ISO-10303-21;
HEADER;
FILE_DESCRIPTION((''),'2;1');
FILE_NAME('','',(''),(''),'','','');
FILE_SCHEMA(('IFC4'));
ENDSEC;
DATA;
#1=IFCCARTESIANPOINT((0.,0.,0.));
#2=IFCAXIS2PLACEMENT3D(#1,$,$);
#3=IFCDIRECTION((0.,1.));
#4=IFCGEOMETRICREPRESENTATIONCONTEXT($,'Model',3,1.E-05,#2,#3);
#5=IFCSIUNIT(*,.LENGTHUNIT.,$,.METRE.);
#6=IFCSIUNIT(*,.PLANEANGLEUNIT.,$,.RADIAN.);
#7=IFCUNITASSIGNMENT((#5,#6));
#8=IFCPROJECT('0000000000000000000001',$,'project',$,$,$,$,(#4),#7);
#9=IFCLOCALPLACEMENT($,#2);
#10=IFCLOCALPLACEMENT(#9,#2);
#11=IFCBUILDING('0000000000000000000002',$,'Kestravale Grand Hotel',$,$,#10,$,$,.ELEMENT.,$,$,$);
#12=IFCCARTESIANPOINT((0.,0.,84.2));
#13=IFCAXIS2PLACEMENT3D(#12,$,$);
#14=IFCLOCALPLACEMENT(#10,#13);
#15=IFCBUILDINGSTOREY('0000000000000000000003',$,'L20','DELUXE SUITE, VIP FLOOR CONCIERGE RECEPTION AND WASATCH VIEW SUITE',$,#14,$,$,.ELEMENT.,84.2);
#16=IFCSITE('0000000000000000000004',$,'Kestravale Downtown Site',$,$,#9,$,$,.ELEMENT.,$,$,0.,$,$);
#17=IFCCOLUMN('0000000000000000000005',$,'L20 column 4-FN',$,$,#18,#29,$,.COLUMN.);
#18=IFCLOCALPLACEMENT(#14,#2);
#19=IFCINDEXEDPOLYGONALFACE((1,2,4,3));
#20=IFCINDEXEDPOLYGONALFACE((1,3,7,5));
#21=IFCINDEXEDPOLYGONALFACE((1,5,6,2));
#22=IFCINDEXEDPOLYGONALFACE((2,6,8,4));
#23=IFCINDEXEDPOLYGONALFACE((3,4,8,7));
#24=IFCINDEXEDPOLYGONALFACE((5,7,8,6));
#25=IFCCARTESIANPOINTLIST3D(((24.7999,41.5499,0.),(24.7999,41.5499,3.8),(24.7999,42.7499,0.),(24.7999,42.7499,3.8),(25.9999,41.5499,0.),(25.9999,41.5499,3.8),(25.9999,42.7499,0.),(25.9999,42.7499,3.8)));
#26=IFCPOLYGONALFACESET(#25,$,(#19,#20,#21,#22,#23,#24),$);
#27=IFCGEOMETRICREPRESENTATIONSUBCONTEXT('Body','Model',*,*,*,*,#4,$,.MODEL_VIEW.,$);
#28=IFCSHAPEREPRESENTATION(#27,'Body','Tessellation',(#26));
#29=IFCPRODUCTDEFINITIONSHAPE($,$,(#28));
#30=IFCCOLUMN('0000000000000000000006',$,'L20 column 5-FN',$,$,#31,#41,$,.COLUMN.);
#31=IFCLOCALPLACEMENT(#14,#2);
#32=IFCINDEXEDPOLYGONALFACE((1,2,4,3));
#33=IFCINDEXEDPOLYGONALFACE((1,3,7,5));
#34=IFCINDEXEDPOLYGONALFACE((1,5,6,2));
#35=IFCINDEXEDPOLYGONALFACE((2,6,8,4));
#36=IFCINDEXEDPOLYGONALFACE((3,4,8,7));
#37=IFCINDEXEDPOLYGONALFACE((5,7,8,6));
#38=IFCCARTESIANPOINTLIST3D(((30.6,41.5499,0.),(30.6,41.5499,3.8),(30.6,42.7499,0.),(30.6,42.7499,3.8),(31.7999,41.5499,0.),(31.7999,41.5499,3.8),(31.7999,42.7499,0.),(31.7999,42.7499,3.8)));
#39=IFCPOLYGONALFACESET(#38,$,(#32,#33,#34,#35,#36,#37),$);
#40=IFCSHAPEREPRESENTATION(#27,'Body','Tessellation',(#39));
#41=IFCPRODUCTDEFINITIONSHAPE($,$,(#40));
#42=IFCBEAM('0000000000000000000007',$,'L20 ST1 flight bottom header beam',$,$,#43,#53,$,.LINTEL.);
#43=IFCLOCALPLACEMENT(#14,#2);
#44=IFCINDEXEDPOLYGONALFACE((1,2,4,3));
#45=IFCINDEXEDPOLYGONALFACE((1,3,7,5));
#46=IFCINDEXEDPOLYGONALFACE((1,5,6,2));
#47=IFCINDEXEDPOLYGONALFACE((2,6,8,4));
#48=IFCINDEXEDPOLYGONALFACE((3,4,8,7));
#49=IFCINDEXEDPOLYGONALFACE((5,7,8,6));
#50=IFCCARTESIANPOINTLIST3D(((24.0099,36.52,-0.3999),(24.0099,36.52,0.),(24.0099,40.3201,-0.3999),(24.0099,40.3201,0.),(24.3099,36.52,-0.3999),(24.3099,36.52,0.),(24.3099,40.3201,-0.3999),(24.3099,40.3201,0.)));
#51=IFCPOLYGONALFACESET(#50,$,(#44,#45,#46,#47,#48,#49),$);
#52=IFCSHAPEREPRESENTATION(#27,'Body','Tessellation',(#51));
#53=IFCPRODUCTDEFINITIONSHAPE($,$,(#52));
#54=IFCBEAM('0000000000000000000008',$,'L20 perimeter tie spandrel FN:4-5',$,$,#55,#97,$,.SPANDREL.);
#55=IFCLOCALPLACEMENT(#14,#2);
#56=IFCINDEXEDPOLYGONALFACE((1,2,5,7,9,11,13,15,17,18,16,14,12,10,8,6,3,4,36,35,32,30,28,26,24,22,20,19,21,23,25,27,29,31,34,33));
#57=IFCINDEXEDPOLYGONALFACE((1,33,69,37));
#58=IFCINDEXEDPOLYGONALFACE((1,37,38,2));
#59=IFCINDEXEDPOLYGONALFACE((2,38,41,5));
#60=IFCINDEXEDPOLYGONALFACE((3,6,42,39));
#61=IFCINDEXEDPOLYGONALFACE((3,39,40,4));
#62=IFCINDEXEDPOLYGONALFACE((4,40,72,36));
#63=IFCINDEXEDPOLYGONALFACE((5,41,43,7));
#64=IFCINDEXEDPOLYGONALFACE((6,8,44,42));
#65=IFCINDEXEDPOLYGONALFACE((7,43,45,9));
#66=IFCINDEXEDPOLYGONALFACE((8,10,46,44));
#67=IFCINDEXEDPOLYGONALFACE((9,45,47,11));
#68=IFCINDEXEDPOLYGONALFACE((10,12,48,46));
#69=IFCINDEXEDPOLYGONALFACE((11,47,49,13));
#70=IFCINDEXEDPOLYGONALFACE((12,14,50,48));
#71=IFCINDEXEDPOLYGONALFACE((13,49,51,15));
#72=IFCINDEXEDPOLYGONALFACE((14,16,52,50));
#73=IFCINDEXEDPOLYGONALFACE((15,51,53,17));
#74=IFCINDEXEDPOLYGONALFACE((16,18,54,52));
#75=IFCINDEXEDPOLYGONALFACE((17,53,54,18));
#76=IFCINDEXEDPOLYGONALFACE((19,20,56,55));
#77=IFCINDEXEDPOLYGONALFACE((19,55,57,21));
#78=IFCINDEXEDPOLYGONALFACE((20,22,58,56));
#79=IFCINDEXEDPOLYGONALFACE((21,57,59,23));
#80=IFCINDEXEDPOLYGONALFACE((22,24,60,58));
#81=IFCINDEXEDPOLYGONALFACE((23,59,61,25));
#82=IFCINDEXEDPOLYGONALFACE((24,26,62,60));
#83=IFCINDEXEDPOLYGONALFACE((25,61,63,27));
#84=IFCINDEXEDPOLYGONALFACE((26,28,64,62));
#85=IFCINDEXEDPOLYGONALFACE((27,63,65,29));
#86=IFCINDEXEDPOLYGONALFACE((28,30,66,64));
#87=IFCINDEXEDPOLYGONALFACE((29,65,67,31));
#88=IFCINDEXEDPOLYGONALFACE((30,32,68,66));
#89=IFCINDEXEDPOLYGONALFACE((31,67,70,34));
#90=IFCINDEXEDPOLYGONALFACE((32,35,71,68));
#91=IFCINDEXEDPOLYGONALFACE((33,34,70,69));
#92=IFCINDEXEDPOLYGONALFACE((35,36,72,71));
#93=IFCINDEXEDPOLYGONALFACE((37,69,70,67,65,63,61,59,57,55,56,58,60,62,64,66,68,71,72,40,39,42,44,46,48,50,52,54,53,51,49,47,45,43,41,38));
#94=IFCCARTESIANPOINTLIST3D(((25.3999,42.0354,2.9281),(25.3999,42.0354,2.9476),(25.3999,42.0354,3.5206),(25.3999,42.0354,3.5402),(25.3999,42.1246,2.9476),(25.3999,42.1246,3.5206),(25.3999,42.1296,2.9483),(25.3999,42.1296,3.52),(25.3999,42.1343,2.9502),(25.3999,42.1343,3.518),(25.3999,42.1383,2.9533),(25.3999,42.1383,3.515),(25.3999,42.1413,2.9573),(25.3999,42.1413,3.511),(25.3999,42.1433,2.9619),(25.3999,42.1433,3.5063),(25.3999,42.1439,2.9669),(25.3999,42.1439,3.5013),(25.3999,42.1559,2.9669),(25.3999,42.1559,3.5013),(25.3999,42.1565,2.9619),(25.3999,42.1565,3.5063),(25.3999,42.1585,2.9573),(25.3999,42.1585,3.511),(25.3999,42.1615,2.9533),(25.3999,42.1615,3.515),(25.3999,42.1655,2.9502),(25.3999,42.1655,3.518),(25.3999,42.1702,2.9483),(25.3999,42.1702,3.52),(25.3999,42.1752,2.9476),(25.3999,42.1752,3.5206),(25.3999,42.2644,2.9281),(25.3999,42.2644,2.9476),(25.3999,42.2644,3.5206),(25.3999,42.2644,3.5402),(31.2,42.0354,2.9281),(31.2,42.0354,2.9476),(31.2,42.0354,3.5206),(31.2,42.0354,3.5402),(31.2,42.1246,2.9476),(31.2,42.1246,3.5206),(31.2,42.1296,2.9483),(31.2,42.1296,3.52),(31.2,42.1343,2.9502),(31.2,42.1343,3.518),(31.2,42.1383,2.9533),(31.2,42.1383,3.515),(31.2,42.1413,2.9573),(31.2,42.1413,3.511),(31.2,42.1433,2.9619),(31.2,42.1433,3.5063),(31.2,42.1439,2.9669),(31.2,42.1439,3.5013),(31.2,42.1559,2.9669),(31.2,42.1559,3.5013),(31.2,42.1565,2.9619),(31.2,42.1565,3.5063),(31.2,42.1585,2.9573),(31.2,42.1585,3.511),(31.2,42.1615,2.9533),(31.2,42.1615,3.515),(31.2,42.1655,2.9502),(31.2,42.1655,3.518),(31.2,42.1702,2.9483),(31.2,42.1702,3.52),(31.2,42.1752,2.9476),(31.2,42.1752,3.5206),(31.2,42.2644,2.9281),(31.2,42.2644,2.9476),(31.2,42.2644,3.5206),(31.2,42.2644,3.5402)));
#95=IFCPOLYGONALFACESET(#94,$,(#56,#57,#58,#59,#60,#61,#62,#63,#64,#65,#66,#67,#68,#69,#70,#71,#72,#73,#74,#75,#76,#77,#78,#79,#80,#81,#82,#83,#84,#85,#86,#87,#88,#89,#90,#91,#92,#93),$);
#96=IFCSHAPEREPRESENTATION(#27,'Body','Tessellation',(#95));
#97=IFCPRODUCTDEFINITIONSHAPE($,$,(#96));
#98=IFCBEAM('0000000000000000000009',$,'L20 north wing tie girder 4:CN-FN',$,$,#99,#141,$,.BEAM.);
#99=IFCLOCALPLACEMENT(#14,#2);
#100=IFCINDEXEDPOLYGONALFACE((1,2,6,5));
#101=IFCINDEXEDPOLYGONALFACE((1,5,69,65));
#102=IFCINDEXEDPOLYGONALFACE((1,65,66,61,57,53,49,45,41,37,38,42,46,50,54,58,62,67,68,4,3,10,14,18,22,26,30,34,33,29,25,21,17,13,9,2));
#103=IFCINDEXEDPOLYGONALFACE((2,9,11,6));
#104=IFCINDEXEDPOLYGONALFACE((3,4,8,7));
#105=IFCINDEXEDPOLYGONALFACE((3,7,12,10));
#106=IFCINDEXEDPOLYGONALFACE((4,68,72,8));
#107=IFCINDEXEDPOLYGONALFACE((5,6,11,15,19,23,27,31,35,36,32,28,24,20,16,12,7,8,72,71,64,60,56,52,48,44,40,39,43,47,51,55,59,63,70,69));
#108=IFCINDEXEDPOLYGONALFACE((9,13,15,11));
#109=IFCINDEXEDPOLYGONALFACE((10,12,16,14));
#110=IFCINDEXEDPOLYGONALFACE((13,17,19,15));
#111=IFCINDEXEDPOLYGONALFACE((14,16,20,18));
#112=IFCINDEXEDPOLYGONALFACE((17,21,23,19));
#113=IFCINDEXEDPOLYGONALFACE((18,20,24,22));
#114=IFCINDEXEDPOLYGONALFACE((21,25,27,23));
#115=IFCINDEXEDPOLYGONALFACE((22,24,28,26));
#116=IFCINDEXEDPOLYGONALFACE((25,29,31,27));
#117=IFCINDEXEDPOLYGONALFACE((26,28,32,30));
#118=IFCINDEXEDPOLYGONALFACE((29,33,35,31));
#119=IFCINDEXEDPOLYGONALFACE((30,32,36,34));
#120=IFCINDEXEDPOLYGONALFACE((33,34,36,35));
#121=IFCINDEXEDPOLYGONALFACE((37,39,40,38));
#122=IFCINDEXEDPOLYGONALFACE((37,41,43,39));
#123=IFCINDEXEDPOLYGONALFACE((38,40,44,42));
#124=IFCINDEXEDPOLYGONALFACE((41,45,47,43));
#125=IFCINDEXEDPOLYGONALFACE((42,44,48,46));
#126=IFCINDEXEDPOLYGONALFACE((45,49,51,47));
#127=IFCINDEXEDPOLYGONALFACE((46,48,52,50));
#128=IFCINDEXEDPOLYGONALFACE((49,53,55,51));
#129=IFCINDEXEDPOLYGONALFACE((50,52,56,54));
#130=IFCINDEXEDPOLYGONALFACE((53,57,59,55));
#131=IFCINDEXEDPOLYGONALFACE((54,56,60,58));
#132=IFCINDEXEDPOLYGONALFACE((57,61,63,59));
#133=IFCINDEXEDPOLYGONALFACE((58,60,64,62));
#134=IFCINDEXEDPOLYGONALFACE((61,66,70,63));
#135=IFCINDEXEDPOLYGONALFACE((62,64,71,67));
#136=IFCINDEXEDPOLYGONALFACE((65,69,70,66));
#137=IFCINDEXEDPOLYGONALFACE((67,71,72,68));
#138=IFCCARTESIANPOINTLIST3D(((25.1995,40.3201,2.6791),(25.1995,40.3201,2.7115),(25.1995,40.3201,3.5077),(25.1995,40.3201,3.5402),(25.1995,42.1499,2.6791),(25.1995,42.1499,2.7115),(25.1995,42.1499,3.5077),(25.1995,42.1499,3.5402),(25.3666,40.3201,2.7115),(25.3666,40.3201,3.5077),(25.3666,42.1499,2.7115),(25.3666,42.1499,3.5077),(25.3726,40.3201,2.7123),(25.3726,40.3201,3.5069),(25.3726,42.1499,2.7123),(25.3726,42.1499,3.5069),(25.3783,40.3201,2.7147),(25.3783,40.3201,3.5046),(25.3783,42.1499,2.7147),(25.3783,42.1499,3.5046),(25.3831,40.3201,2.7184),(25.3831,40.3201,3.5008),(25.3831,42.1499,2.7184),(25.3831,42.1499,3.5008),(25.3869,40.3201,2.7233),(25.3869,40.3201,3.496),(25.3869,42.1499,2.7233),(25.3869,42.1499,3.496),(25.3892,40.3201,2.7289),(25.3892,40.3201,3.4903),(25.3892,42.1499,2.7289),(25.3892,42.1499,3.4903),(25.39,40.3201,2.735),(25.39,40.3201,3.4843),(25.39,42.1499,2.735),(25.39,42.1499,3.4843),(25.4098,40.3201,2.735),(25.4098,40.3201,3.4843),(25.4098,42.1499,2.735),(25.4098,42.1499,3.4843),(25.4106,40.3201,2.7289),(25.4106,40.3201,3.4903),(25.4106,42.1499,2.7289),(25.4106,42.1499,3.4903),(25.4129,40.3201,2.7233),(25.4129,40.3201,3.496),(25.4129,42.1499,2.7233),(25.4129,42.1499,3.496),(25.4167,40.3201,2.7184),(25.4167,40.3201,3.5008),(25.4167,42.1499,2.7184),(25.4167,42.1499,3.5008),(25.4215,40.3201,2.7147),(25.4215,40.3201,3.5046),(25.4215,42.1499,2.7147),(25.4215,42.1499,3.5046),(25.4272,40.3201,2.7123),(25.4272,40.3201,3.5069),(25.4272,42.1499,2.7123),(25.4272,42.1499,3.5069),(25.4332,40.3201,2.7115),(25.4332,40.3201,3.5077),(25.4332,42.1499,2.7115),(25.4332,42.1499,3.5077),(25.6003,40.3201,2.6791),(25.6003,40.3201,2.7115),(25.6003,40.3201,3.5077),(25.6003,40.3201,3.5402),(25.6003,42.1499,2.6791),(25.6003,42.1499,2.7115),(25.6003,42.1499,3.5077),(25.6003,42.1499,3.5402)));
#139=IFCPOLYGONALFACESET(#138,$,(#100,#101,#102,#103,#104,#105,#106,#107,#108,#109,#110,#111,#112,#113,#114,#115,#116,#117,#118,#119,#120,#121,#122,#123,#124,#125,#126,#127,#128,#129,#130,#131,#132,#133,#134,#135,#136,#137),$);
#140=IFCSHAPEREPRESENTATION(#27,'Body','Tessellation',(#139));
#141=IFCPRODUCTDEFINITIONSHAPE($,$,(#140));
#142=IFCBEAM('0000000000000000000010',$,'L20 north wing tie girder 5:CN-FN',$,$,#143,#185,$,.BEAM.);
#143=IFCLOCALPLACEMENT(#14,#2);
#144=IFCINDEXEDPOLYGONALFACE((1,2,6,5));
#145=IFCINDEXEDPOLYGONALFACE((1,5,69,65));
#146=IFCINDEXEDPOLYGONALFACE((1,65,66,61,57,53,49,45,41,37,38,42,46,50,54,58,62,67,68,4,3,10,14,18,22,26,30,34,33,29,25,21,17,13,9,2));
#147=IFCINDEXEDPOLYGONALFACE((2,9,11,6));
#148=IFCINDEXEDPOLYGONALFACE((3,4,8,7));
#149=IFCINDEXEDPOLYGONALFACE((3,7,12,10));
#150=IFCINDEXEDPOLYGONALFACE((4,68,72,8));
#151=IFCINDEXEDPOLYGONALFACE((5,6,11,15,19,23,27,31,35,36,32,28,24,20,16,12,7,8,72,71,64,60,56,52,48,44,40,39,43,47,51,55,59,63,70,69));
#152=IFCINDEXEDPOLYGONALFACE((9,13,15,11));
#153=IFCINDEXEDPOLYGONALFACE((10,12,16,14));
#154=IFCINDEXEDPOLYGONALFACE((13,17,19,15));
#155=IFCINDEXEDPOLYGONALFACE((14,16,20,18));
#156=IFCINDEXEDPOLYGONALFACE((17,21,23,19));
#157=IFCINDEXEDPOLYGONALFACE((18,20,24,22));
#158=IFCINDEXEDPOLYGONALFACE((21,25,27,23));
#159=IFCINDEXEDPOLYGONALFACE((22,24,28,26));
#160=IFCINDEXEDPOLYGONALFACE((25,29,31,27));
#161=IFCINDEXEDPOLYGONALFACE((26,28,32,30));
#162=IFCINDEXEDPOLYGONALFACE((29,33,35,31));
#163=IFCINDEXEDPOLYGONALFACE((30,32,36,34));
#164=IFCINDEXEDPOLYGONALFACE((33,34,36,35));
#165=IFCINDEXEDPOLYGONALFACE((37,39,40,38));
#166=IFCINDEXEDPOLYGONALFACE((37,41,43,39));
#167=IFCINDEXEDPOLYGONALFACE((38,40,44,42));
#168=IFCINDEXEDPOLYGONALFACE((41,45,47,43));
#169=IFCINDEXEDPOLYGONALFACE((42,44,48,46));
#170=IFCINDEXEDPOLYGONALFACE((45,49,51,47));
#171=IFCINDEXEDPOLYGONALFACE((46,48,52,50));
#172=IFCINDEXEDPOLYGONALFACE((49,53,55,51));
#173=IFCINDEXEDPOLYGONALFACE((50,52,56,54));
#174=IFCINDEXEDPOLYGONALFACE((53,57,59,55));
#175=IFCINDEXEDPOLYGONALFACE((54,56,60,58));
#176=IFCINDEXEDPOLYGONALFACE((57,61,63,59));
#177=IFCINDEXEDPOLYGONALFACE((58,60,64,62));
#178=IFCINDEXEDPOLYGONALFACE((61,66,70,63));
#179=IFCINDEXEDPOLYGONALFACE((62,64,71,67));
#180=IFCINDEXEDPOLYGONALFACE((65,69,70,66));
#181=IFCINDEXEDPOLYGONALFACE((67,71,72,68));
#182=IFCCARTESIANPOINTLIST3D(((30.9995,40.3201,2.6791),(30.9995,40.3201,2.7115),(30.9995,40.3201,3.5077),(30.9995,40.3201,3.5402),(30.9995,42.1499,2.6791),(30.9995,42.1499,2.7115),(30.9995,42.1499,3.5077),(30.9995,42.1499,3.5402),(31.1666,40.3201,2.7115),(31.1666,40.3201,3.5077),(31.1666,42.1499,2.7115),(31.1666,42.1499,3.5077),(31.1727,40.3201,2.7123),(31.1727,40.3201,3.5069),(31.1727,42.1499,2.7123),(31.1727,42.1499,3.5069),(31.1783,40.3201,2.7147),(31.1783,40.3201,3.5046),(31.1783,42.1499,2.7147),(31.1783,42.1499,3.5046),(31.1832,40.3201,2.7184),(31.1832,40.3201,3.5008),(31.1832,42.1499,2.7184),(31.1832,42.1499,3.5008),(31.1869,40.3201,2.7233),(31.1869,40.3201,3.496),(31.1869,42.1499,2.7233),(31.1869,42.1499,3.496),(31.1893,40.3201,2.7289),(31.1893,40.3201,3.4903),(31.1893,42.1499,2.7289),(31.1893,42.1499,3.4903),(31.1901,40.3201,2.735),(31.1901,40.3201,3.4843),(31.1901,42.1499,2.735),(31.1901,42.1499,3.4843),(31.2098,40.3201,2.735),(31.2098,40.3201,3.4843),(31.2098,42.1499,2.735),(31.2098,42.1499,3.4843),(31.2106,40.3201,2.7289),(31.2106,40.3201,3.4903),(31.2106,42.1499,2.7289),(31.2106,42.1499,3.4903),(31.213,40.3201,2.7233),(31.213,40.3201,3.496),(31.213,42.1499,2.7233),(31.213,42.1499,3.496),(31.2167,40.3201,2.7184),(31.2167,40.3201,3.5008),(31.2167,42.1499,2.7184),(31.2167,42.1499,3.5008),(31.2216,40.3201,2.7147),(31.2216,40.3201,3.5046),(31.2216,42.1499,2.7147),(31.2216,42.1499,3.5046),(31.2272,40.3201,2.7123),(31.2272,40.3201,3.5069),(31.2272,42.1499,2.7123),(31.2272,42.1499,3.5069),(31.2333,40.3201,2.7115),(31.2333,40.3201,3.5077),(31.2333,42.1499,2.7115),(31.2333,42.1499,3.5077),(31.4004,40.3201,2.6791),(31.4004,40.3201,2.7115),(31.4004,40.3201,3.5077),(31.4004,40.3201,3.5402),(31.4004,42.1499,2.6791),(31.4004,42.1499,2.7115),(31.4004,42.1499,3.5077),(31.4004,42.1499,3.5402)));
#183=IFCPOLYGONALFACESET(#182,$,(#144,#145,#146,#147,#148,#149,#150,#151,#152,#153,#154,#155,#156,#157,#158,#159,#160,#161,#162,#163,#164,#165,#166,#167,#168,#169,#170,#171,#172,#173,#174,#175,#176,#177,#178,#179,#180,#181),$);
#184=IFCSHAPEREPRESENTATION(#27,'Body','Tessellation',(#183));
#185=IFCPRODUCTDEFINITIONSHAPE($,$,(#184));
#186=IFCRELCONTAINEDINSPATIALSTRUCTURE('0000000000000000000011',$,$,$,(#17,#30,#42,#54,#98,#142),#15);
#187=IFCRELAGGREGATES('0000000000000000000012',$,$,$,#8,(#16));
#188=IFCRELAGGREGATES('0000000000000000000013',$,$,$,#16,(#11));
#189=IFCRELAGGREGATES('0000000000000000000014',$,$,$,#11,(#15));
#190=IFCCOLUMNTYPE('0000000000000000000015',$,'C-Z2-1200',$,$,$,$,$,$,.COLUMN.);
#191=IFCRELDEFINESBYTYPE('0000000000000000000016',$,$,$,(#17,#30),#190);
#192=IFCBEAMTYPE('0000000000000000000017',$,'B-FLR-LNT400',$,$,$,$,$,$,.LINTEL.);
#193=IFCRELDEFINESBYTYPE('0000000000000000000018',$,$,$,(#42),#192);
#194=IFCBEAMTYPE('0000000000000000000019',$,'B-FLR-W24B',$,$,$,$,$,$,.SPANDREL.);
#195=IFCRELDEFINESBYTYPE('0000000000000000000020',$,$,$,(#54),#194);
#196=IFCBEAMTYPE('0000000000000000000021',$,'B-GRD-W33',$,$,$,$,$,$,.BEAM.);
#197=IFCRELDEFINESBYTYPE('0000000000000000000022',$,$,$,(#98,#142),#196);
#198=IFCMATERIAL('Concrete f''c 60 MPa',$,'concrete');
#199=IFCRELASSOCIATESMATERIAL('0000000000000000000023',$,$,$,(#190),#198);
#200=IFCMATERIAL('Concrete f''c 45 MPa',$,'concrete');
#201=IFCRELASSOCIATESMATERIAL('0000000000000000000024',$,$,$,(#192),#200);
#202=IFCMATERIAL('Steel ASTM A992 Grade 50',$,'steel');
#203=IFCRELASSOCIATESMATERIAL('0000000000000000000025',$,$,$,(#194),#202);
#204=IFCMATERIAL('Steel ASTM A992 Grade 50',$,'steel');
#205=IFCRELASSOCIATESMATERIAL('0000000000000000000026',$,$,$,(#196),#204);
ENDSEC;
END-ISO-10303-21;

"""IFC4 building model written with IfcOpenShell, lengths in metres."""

from ifc_helpers import new_model, si_unit, direction, frame, origin, origin_2d, place, context, subcontext, project, spatial, rectangle, i_section, extrude, material, material_profile, profile_set, type_object, element, save


model = new_model("IFC4")

# Units and contexts
model_context = context("Model", 3, precision=1e-05, world=origin(), true_north=direction((0.0, 1.0)))
body_context = subcontext(model_context, "Body", "Model", "MODEL_VIEW")
ifc_project = project(units=[si_unit("LENGTHUNIT", "METRE"), si_unit("PLANEANGLEUNIT", "RADIAN")], contexts=[model_context])

# Site, building, storey
site_placement = place(None, origin())
site = spatial("IfcSite", under=ifc_project, at=site_placement, Name="Kestravale Downtown Site", CompositionType="ELEMENT", RefElevation=0.0)
building_placement = place(site_placement, origin())
building = spatial("IfcBuilding", under=site, at=building_placement, Name="Kestravale Grand Hotel", CompositionType="ELEMENT")
storey_placement = place(building_placement, frame((0.0, 0.0, 84.2)))
storey = spatial("IfcBuildingStorey", under=building, at=storey_placement, Name="L20", Description="DELUXE SUITE, VIP FLOOR CONCIERGE RECEPTION AND WASATCH VIEW SUITE", CompositionType="ELEMENT", Elevation=84.2)

# Columns
ifc_material_1 = material(Name="Concrete f'c 60 MPa", Category="concrete")
ifc_material_profile_1 = material_profile(ifc_material_1, rectangle(XDim=1.2, YDim=1.2, at=origin_2d()))
ifc_profile_set_1 = profile_set([ifc_material_profile_1], Name="Concrete f'c 60 MPa")
column_type = type_object("IfcColumnType", Name="C-Z2-1200", PredefinedType="COLUMN", material=ifc_profile_set_1)
for number, where, z_axis, x_axis, name in (
    (1, (25.3999, 42.1499, 0.0), (0.0, 0.0, 1.0), (1.0, 0.0, 0.0), "L20 column 4-FN"),
    (2, (31.2, 42.1499, 0.0), (0.0, 0.0, 1.0), (1.0, 0.0, 0.0), "L20 column 5-FN"),
):
    element("IfcColumn", number, at=place(storey_placement, frame(where, z_axis=z_axis, x_axis=x_axis)), inside=storey, type_object=column_type, Name=name, PredefinedType="COLUMN", context=body_context, shape_type="SweptSolid", body=[
        extrude(rectangle(XDim=1.2, YDim=1.2, at=origin_2d()), origin(), (0.0, 0.0, 1.0), 3.8),
    ])

# Beams
ifc_material_2 = material(Name="Concrete f'c 45 MPa", Category="concrete")
ifc_material_profile_2 = material_profile(ifc_material_2, rectangle(XDim=0.3, YDim=0.3999, at=origin_2d()))
ifc_profile_set_2 = profile_set([ifc_material_profile_2], Name="Concrete f'c 45 MPa")
beam_type_1 = type_object("IfcBeamType", Name="B-FLR-LNT400", PredefinedType="LINTEL", material=ifc_profile_set_2)
beam_1_placement = place(storey_placement, frame((24.1599, 36.52, -0.2), z_axis=(0.0, 1.0, 0.0), x_axis=(-1.0, 0.0, 0.0)))
element("IfcBeam", 3, at=beam_1_placement, inside=storey, type_object=beam_type_1, Name="L20 ST1 flight bottom header beam", PredefinedType="LINTEL", context=body_context, shape_type="SweptSolid", body=[
    extrude(rectangle(XDim=0.3, YDim=0.3999, at=origin_2d()), origin(), (0.0, 0.0, 1.0), 3.8),
])
ifc_material_3 = material(Name="Steel ASTM A992 Grade 50", Category="steel")
ifc_material_profile_3 = material_profile(ifc_material_3, i_section(OverallWidth=0.229, OverallDepth=0.6121, WebThickness=0.012, FlangeThickness=0.0195, FilletRadius=0.0193, at=origin_2d()))
ifc_profile_set_3 = profile_set([ifc_material_profile_3], Name="Steel ASTM A992 Grade 50")
beam_type_2 = type_object("IfcBeamType", Name="B-FLR-W24B", PredefinedType="SPANDREL", material=ifc_profile_set_3)
beam_2_placement = place(storey_placement, frame((25.3999, 42.1499, 3.2341), z_axis=(1.0, 0.0, 0.0), x_axis=(0.0, 1.0, 0.0)))
element("IfcBeam", 4, at=beam_2_placement, inside=storey, type_object=beam_type_2, Name="L20 perimeter tie spandrel FN:4-5", PredefinedType="SPANDREL", context=body_context, shape_type="SweptSolid", body=[
    extrude(i_section(OverallWidth=0.229, OverallDepth=0.6121, WebThickness=0.012, FlangeThickness=0.0195, FilletRadius=0.0193, at=origin_2d()), origin(), (0.0, 0.0, 1.0), 5.8),
])
ifc_material_4 = material(Name="Steel ASTM A992 Grade 50", Category="steel")
ifc_material_profile_4 = material_profile(ifc_material_4, i_section(OverallWidth=0.4009, OverallDepth=0.8611, WebThickness=0.0198, FlangeThickness=0.0325, FilletRadius=0.0234, at=origin_2d()))
ifc_profile_set_4 = profile_set([ifc_material_profile_4], Name="Steel ASTM A992 Grade 50")
beam_type_3 = type_object("IfcBeamType", Name="B-GRD-W33", PredefinedType="BEAM", material=ifc_profile_set_4)
for number, where, z_axis, x_axis, name in (
    (5, (25.3999, 40.3201, 3.1096), (0.0, 1.0, 0.0), (-1.0, 0.0, 0.0), "L20 north wing tie girder 4:CN-FN"),
    (6, (31.2, 40.3201, 3.1096), (0.0, 1.0, 0.0), (-1.0, 0.0, 0.0), "L20 north wing tie girder 5:CN-FN"),
):
    element("IfcBeam", number, at=place(storey_placement, frame(where, z_axis=z_axis, x_axis=x_axis)), inside=storey, type_object=beam_type_3, Name=name, PredefinedType="BEAM", context=body_context, shape_type="SweptSolid", body=[
        extrude(i_section(OverallWidth=0.4009, OverallDepth=0.8611, WebThickness=0.0198, FlangeThickness=0.0325, FilletRadius=0.0234, at=origin_2d()), origin(), (0.0, 0.0, 1.0), 1.8298),
    ])

save(model, "model.ifc")
